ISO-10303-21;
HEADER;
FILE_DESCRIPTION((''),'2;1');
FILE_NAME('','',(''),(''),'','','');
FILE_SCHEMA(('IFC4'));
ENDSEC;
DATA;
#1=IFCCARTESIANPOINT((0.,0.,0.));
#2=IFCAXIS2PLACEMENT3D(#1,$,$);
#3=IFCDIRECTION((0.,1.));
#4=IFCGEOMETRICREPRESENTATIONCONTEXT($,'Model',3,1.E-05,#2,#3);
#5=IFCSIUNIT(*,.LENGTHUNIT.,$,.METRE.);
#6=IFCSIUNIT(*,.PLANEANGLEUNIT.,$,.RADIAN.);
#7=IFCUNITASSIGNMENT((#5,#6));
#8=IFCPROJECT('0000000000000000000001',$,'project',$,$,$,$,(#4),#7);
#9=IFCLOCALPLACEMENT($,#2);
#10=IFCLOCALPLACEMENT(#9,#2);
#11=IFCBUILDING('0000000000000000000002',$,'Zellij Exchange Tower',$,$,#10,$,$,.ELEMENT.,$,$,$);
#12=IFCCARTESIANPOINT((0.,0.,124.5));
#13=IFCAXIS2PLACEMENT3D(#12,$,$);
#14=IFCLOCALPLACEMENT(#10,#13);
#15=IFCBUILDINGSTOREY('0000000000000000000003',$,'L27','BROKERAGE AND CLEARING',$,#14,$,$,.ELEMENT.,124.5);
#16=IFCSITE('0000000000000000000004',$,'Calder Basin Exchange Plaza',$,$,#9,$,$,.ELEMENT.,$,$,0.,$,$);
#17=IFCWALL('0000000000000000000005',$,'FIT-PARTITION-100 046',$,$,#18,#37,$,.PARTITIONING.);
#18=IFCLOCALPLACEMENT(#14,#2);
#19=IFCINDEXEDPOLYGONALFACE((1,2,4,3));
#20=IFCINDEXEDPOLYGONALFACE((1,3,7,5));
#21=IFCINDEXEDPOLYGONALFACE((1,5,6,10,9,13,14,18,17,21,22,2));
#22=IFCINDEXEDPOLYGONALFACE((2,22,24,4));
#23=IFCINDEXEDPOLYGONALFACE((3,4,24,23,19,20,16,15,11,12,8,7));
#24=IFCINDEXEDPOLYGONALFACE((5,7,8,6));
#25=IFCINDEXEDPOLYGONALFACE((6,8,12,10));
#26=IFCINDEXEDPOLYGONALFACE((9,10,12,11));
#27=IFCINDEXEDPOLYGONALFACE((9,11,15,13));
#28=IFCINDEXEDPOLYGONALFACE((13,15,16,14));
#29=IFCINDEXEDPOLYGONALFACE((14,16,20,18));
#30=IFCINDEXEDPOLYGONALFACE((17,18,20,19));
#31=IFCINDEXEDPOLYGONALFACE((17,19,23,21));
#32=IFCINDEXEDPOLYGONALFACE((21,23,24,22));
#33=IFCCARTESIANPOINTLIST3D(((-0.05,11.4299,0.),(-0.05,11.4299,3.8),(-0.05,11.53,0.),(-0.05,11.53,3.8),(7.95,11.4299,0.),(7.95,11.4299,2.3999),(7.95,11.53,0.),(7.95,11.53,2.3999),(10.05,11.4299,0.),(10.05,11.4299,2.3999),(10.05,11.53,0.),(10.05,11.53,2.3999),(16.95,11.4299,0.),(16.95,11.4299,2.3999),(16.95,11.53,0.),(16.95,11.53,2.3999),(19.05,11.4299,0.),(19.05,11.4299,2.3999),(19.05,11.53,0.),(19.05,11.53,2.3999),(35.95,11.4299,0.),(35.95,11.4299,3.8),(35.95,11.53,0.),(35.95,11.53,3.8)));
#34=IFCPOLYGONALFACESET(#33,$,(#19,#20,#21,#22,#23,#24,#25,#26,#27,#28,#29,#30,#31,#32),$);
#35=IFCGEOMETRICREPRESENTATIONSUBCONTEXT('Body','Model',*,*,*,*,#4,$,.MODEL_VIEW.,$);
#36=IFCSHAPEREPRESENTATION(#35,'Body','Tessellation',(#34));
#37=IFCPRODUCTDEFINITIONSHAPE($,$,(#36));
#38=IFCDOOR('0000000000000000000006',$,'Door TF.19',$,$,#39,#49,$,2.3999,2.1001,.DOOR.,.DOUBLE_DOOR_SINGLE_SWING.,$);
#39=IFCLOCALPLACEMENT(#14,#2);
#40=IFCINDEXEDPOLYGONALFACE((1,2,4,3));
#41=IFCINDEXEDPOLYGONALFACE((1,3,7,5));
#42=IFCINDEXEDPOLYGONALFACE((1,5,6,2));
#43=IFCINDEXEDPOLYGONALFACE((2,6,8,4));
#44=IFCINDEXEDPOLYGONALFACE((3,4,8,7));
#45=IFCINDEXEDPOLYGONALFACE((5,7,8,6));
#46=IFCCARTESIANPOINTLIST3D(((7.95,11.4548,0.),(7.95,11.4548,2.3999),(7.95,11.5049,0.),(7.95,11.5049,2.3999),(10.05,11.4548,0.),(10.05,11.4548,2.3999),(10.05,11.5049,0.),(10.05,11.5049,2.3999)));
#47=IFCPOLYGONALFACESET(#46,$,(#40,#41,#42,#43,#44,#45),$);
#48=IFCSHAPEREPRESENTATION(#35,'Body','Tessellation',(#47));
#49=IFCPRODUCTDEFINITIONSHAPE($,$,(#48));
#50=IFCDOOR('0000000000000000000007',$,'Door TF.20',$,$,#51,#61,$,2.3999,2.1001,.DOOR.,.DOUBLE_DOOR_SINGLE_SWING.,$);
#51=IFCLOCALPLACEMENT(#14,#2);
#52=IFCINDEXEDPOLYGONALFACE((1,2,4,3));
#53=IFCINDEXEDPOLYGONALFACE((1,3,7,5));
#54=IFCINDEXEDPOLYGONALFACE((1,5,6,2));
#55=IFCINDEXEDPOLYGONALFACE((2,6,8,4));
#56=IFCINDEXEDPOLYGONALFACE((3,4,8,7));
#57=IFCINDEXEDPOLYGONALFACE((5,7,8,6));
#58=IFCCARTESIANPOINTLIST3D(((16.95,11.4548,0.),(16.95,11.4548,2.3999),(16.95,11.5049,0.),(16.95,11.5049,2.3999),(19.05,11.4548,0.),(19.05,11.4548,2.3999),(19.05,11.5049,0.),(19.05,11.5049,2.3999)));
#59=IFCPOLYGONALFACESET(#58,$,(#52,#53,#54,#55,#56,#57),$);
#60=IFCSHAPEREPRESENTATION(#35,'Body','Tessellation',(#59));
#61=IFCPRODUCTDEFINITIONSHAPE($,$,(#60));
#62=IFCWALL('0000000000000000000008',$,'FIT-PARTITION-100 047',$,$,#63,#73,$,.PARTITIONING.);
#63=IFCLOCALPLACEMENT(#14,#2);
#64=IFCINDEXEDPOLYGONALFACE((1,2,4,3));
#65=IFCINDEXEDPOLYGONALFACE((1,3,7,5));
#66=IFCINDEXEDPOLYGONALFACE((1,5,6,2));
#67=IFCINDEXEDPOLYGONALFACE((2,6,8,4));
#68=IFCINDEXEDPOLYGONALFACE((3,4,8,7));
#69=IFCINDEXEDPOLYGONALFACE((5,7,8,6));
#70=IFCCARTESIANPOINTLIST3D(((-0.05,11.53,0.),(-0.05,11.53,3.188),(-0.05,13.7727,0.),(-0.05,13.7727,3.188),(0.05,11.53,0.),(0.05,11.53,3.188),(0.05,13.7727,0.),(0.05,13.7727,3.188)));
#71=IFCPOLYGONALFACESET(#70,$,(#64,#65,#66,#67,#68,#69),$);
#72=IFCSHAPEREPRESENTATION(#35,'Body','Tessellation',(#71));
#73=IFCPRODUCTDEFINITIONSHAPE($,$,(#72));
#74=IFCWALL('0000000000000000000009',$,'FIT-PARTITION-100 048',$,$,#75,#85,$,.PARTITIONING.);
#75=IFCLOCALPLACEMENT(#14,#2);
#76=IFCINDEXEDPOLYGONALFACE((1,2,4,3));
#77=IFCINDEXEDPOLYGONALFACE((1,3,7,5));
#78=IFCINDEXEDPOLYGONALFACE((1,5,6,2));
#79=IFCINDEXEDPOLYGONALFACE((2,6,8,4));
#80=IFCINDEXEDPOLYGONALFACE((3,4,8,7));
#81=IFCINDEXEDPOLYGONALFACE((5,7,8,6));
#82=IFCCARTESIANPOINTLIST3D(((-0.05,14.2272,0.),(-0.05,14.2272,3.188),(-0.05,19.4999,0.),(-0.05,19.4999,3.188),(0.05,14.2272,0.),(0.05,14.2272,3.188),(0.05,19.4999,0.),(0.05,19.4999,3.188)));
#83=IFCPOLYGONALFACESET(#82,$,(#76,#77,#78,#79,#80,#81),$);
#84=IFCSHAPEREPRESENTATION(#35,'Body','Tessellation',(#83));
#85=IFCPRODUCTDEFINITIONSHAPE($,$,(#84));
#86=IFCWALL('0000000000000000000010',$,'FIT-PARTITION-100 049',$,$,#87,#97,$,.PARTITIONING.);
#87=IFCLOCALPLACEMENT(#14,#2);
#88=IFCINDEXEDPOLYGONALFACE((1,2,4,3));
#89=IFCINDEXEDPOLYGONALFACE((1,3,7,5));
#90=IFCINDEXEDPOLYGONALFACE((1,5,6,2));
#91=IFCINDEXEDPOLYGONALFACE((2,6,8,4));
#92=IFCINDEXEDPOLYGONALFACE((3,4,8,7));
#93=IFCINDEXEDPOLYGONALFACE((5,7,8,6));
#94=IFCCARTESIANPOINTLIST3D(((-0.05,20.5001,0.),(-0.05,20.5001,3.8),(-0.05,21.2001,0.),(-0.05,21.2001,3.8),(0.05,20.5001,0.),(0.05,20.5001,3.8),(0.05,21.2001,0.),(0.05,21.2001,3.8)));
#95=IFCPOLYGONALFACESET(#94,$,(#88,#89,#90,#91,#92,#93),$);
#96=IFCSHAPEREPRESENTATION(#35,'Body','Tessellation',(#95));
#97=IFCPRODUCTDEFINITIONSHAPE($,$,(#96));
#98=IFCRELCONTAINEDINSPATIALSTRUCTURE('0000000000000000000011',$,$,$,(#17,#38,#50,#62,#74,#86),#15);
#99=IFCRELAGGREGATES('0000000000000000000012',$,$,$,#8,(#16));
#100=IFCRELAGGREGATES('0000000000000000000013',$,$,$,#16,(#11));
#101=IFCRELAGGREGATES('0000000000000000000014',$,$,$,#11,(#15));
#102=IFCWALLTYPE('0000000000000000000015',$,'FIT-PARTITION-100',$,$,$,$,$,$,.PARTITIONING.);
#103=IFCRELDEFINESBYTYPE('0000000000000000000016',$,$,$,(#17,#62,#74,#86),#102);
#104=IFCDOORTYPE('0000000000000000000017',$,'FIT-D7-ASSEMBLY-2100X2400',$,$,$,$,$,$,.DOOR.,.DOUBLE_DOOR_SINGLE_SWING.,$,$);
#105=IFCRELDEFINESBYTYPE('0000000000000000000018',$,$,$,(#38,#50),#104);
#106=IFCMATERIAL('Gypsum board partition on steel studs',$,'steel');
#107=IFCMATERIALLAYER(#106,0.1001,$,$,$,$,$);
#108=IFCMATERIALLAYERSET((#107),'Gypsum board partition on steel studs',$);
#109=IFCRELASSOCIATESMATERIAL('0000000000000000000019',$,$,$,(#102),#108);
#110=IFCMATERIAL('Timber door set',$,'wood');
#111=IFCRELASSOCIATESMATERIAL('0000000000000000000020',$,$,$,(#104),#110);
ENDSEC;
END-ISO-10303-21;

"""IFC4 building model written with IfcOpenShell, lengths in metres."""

from ifc_helpers import new_model, si_unit, direction, frame, frame_2d, origin, place, context, subcontext, project, spatial, rectangle, extrude, material, layer, layer_set, type_object, element, fill, save


model = new_model("IFC4")

# Units and contexts
model_context = context("Model", 3, precision=1e-05, world=origin(), true_north=direction((0.0, 1.0)))
body_context = subcontext(model_context, "Body", "Model", "MODEL_VIEW")
ifc_project = project(units=[si_unit("LENGTHUNIT", "METRE"), si_unit("PLANEANGLEUNIT", "RADIAN")], contexts=[model_context])

# Site, building, storey
site_placement = place(None, origin())
site = spatial("IfcSite", under=ifc_project, at=site_placement, Name="Calder Basin Exchange Plaza", CompositionType="ELEMENT", RefElevation=0.0)
building_placement = place(site_placement, origin())
building = spatial("IfcBuilding", under=site, at=building_placement, Name="Zellij Exchange Tower", CompositionType="ELEMENT")
storey_placement = place(building_placement, frame((0.0, 0.0, 124.5)))
storey = spatial("IfcBuildingStorey", under=building, at=storey_placement, Name="L27", Description="BROKERAGE AND CLEARING", CompositionType="ELEMENT", Elevation=124.5)

# Shared definitions
ifc_material_1 = material(Name="Gypsum board partition on steel studs", Category="steel")
ifc_layer = layer(ifc_material_1, 0.1001)
ifc_layer_set = layer_set([ifc_layer], Name="Gypsum board partition on steel studs")
wall_type = type_object("IfcWallType", Name="FIT-PARTITION-100", PredefinedType="PARTITIONING", material=ifc_layer_set)

# Shared definitions
ifc_material_2 = material(Name="Timber door set", Category="wood")
door_type = type_object("IfcDoorType", Name="FIT-D7-ASSEMBLY-2100X2400", OperationType="DOUBLE_DOOR_SINGLE_SWING", PredefinedType="DOOR", material=ifc_material_2)

# Wall, openings, doors
wall_1_placement = place(storey_placement, frame((-0.05, 11.48, 0.0), z_axis=(0.0, 0.0, 1.0), x_axis=(1.0, 0.0, 0.0)))
wall_1 = element("IfcWall", 1, at=wall_1_placement, inside=storey, type_object=wall_type, Name="FIT-PARTITION-100 046", PredefinedType="PARTITIONING", context=body_context, shape_type="SweptSolid", body=[
    extrude(rectangle(XDim=36.0, YDim=0.1001, at=frame_2d((18.0, 0.0))), origin(), (0.0, 0.0, 1.0), 3.8),
])
opening_1_placement = place(wall_1_placement, frame((8.0, 0.0, 0.0)))
opening_1 = element("IfcOpeningElement", 2, at=opening_1_placement, cuts=wall_1, PredefinedType="OPENING", context=body_context, shape_type="SweptSolid", body=[
    extrude(rectangle(XDim=2.1001, YDim=2.3999, at=frame_2d((1.05, 1.2))), frame((0.0, 0.062, 0.0), z_axis=(0.0, -1.0, 0.0), x_axis=(1.0, 0.0, 0.0)), (0.0, 0.0, 1.0), 0.124),
])
opening_2_placement = place(wall_1_placement, frame((17.0, 0.0, 0.0)))
opening_2 = element("IfcOpeningElement", 3, at=opening_2_placement, cuts=wall_1, PredefinedType="OPENING", context=body_context, shape_type="SweptSolid", body=[
    extrude(rectangle(XDim=2.1001, YDim=2.3999, at=frame_2d((1.05, 1.2))), frame((0.0, 0.062, 0.0), z_axis=(0.0, -1.0, 0.0), x_axis=(1.0, 0.0, 0.0)), (0.0, 0.0, 1.0), 0.124),
])
door_1_placement = place(opening_1_placement, origin())
door_1 = element("IfcDoor", 4, at=door_1_placement, inside=storey, type_object=door_type, Name="Door TF.19", OperationType="DOUBLE_DOOR_SINGLE_SWING", OverallHeight=2.3999, OverallWidth=2.1001, PredefinedType="DOOR", context=body_context, shape_type="SweptSolid", body=[
    extrude(rectangle(XDim=2.1001, YDim=2.3999, at=frame_2d((1.05, 1.2))), frame((0.0, 0.0249, 0.0), z_axis=(0.0, -1.0, 0.0), x_axis=(1.0, 0.0, 0.0)), (0.0, 0.0, 1.0), 0.05),
])
fill(opening_1, door_1)
door_2_placement = place(opening_2_placement, origin())
door_2 = element("IfcDoor", 5, at=door_2_placement, inside=storey, type_object=door_type, Name="Door TF.20", OperationType="DOUBLE_DOOR_SINGLE_SWING", OverallHeight=2.3999, OverallWidth=2.1001, PredefinedType="DOOR", context=body_context, shape_type="SweptSolid", body=[
    extrude(rectangle(XDim=2.1001, YDim=2.3999, at=frame_2d((1.05, 1.2))), frame((0.0, 0.0249, 0.0), z_axis=(0.0, -1.0, 0.0), x_axis=(1.0, 0.0, 0.0)), (0.0, 0.0, 1.0), 0.05),
])
fill(opening_2, door_2)

# Walls
wall_2_placement = place(storey_placement, frame((0.0, 11.53, 0.0), z_axis=(0.0, 0.0, 1.0), x_axis=(0.0, 1.0, 0.0)))
element("IfcWall", 6, at=wall_2_placement, inside=storey, type_object=wall_type, Name="FIT-PARTITION-100 047", PredefinedType="PARTITIONING", context=body_context, shape_type="SweptSolid", body=[
    extrude(rectangle(XDim=2.2427, YDim=0.1001, at=frame_2d((1.1213, 0.0))), origin(), (0.0, 0.0, 1.0), 3.188),
])
wall_3_placement = place(storey_placement, frame((0.0, 14.2273, 0.0), z_axis=(0.0, 0.0, 1.0), x_axis=(0.0, 1.0, 0.0)))
element("IfcWall", 7, at=wall_3_placement, inside=storey, type_object=wall_type, Name="FIT-PARTITION-100 048", PredefinedType="PARTITIONING", context=body_context, shape_type="SweptSolid", body=[
    extrude(rectangle(XDim=5.2727, YDim=0.1001, at=frame_2d((2.6362, 0.0))), origin(), (0.0, 0.0, 1.0), 3.188),
])
wall_4_placement = place(storey_placement, frame((0.0, 20.5, 0.0), z_axis=(0.0, 0.0, 1.0), x_axis=(0.0, 1.0, 0.0)))
element("IfcWall", 8, at=wall_4_placement, inside=storey, type_object=wall_type, Name="FIT-PARTITION-100 049", PredefinedType="PARTITIONING", context=body_context, shape_type="SweptSolid", body=[
    extrude(rectangle(XDim=0.7, YDim=0.1001, at=frame_2d((0.3501, 0.0))), origin(), (0.0, 0.0, 1.0), 3.8),
])

save(model, "model.ifc")
